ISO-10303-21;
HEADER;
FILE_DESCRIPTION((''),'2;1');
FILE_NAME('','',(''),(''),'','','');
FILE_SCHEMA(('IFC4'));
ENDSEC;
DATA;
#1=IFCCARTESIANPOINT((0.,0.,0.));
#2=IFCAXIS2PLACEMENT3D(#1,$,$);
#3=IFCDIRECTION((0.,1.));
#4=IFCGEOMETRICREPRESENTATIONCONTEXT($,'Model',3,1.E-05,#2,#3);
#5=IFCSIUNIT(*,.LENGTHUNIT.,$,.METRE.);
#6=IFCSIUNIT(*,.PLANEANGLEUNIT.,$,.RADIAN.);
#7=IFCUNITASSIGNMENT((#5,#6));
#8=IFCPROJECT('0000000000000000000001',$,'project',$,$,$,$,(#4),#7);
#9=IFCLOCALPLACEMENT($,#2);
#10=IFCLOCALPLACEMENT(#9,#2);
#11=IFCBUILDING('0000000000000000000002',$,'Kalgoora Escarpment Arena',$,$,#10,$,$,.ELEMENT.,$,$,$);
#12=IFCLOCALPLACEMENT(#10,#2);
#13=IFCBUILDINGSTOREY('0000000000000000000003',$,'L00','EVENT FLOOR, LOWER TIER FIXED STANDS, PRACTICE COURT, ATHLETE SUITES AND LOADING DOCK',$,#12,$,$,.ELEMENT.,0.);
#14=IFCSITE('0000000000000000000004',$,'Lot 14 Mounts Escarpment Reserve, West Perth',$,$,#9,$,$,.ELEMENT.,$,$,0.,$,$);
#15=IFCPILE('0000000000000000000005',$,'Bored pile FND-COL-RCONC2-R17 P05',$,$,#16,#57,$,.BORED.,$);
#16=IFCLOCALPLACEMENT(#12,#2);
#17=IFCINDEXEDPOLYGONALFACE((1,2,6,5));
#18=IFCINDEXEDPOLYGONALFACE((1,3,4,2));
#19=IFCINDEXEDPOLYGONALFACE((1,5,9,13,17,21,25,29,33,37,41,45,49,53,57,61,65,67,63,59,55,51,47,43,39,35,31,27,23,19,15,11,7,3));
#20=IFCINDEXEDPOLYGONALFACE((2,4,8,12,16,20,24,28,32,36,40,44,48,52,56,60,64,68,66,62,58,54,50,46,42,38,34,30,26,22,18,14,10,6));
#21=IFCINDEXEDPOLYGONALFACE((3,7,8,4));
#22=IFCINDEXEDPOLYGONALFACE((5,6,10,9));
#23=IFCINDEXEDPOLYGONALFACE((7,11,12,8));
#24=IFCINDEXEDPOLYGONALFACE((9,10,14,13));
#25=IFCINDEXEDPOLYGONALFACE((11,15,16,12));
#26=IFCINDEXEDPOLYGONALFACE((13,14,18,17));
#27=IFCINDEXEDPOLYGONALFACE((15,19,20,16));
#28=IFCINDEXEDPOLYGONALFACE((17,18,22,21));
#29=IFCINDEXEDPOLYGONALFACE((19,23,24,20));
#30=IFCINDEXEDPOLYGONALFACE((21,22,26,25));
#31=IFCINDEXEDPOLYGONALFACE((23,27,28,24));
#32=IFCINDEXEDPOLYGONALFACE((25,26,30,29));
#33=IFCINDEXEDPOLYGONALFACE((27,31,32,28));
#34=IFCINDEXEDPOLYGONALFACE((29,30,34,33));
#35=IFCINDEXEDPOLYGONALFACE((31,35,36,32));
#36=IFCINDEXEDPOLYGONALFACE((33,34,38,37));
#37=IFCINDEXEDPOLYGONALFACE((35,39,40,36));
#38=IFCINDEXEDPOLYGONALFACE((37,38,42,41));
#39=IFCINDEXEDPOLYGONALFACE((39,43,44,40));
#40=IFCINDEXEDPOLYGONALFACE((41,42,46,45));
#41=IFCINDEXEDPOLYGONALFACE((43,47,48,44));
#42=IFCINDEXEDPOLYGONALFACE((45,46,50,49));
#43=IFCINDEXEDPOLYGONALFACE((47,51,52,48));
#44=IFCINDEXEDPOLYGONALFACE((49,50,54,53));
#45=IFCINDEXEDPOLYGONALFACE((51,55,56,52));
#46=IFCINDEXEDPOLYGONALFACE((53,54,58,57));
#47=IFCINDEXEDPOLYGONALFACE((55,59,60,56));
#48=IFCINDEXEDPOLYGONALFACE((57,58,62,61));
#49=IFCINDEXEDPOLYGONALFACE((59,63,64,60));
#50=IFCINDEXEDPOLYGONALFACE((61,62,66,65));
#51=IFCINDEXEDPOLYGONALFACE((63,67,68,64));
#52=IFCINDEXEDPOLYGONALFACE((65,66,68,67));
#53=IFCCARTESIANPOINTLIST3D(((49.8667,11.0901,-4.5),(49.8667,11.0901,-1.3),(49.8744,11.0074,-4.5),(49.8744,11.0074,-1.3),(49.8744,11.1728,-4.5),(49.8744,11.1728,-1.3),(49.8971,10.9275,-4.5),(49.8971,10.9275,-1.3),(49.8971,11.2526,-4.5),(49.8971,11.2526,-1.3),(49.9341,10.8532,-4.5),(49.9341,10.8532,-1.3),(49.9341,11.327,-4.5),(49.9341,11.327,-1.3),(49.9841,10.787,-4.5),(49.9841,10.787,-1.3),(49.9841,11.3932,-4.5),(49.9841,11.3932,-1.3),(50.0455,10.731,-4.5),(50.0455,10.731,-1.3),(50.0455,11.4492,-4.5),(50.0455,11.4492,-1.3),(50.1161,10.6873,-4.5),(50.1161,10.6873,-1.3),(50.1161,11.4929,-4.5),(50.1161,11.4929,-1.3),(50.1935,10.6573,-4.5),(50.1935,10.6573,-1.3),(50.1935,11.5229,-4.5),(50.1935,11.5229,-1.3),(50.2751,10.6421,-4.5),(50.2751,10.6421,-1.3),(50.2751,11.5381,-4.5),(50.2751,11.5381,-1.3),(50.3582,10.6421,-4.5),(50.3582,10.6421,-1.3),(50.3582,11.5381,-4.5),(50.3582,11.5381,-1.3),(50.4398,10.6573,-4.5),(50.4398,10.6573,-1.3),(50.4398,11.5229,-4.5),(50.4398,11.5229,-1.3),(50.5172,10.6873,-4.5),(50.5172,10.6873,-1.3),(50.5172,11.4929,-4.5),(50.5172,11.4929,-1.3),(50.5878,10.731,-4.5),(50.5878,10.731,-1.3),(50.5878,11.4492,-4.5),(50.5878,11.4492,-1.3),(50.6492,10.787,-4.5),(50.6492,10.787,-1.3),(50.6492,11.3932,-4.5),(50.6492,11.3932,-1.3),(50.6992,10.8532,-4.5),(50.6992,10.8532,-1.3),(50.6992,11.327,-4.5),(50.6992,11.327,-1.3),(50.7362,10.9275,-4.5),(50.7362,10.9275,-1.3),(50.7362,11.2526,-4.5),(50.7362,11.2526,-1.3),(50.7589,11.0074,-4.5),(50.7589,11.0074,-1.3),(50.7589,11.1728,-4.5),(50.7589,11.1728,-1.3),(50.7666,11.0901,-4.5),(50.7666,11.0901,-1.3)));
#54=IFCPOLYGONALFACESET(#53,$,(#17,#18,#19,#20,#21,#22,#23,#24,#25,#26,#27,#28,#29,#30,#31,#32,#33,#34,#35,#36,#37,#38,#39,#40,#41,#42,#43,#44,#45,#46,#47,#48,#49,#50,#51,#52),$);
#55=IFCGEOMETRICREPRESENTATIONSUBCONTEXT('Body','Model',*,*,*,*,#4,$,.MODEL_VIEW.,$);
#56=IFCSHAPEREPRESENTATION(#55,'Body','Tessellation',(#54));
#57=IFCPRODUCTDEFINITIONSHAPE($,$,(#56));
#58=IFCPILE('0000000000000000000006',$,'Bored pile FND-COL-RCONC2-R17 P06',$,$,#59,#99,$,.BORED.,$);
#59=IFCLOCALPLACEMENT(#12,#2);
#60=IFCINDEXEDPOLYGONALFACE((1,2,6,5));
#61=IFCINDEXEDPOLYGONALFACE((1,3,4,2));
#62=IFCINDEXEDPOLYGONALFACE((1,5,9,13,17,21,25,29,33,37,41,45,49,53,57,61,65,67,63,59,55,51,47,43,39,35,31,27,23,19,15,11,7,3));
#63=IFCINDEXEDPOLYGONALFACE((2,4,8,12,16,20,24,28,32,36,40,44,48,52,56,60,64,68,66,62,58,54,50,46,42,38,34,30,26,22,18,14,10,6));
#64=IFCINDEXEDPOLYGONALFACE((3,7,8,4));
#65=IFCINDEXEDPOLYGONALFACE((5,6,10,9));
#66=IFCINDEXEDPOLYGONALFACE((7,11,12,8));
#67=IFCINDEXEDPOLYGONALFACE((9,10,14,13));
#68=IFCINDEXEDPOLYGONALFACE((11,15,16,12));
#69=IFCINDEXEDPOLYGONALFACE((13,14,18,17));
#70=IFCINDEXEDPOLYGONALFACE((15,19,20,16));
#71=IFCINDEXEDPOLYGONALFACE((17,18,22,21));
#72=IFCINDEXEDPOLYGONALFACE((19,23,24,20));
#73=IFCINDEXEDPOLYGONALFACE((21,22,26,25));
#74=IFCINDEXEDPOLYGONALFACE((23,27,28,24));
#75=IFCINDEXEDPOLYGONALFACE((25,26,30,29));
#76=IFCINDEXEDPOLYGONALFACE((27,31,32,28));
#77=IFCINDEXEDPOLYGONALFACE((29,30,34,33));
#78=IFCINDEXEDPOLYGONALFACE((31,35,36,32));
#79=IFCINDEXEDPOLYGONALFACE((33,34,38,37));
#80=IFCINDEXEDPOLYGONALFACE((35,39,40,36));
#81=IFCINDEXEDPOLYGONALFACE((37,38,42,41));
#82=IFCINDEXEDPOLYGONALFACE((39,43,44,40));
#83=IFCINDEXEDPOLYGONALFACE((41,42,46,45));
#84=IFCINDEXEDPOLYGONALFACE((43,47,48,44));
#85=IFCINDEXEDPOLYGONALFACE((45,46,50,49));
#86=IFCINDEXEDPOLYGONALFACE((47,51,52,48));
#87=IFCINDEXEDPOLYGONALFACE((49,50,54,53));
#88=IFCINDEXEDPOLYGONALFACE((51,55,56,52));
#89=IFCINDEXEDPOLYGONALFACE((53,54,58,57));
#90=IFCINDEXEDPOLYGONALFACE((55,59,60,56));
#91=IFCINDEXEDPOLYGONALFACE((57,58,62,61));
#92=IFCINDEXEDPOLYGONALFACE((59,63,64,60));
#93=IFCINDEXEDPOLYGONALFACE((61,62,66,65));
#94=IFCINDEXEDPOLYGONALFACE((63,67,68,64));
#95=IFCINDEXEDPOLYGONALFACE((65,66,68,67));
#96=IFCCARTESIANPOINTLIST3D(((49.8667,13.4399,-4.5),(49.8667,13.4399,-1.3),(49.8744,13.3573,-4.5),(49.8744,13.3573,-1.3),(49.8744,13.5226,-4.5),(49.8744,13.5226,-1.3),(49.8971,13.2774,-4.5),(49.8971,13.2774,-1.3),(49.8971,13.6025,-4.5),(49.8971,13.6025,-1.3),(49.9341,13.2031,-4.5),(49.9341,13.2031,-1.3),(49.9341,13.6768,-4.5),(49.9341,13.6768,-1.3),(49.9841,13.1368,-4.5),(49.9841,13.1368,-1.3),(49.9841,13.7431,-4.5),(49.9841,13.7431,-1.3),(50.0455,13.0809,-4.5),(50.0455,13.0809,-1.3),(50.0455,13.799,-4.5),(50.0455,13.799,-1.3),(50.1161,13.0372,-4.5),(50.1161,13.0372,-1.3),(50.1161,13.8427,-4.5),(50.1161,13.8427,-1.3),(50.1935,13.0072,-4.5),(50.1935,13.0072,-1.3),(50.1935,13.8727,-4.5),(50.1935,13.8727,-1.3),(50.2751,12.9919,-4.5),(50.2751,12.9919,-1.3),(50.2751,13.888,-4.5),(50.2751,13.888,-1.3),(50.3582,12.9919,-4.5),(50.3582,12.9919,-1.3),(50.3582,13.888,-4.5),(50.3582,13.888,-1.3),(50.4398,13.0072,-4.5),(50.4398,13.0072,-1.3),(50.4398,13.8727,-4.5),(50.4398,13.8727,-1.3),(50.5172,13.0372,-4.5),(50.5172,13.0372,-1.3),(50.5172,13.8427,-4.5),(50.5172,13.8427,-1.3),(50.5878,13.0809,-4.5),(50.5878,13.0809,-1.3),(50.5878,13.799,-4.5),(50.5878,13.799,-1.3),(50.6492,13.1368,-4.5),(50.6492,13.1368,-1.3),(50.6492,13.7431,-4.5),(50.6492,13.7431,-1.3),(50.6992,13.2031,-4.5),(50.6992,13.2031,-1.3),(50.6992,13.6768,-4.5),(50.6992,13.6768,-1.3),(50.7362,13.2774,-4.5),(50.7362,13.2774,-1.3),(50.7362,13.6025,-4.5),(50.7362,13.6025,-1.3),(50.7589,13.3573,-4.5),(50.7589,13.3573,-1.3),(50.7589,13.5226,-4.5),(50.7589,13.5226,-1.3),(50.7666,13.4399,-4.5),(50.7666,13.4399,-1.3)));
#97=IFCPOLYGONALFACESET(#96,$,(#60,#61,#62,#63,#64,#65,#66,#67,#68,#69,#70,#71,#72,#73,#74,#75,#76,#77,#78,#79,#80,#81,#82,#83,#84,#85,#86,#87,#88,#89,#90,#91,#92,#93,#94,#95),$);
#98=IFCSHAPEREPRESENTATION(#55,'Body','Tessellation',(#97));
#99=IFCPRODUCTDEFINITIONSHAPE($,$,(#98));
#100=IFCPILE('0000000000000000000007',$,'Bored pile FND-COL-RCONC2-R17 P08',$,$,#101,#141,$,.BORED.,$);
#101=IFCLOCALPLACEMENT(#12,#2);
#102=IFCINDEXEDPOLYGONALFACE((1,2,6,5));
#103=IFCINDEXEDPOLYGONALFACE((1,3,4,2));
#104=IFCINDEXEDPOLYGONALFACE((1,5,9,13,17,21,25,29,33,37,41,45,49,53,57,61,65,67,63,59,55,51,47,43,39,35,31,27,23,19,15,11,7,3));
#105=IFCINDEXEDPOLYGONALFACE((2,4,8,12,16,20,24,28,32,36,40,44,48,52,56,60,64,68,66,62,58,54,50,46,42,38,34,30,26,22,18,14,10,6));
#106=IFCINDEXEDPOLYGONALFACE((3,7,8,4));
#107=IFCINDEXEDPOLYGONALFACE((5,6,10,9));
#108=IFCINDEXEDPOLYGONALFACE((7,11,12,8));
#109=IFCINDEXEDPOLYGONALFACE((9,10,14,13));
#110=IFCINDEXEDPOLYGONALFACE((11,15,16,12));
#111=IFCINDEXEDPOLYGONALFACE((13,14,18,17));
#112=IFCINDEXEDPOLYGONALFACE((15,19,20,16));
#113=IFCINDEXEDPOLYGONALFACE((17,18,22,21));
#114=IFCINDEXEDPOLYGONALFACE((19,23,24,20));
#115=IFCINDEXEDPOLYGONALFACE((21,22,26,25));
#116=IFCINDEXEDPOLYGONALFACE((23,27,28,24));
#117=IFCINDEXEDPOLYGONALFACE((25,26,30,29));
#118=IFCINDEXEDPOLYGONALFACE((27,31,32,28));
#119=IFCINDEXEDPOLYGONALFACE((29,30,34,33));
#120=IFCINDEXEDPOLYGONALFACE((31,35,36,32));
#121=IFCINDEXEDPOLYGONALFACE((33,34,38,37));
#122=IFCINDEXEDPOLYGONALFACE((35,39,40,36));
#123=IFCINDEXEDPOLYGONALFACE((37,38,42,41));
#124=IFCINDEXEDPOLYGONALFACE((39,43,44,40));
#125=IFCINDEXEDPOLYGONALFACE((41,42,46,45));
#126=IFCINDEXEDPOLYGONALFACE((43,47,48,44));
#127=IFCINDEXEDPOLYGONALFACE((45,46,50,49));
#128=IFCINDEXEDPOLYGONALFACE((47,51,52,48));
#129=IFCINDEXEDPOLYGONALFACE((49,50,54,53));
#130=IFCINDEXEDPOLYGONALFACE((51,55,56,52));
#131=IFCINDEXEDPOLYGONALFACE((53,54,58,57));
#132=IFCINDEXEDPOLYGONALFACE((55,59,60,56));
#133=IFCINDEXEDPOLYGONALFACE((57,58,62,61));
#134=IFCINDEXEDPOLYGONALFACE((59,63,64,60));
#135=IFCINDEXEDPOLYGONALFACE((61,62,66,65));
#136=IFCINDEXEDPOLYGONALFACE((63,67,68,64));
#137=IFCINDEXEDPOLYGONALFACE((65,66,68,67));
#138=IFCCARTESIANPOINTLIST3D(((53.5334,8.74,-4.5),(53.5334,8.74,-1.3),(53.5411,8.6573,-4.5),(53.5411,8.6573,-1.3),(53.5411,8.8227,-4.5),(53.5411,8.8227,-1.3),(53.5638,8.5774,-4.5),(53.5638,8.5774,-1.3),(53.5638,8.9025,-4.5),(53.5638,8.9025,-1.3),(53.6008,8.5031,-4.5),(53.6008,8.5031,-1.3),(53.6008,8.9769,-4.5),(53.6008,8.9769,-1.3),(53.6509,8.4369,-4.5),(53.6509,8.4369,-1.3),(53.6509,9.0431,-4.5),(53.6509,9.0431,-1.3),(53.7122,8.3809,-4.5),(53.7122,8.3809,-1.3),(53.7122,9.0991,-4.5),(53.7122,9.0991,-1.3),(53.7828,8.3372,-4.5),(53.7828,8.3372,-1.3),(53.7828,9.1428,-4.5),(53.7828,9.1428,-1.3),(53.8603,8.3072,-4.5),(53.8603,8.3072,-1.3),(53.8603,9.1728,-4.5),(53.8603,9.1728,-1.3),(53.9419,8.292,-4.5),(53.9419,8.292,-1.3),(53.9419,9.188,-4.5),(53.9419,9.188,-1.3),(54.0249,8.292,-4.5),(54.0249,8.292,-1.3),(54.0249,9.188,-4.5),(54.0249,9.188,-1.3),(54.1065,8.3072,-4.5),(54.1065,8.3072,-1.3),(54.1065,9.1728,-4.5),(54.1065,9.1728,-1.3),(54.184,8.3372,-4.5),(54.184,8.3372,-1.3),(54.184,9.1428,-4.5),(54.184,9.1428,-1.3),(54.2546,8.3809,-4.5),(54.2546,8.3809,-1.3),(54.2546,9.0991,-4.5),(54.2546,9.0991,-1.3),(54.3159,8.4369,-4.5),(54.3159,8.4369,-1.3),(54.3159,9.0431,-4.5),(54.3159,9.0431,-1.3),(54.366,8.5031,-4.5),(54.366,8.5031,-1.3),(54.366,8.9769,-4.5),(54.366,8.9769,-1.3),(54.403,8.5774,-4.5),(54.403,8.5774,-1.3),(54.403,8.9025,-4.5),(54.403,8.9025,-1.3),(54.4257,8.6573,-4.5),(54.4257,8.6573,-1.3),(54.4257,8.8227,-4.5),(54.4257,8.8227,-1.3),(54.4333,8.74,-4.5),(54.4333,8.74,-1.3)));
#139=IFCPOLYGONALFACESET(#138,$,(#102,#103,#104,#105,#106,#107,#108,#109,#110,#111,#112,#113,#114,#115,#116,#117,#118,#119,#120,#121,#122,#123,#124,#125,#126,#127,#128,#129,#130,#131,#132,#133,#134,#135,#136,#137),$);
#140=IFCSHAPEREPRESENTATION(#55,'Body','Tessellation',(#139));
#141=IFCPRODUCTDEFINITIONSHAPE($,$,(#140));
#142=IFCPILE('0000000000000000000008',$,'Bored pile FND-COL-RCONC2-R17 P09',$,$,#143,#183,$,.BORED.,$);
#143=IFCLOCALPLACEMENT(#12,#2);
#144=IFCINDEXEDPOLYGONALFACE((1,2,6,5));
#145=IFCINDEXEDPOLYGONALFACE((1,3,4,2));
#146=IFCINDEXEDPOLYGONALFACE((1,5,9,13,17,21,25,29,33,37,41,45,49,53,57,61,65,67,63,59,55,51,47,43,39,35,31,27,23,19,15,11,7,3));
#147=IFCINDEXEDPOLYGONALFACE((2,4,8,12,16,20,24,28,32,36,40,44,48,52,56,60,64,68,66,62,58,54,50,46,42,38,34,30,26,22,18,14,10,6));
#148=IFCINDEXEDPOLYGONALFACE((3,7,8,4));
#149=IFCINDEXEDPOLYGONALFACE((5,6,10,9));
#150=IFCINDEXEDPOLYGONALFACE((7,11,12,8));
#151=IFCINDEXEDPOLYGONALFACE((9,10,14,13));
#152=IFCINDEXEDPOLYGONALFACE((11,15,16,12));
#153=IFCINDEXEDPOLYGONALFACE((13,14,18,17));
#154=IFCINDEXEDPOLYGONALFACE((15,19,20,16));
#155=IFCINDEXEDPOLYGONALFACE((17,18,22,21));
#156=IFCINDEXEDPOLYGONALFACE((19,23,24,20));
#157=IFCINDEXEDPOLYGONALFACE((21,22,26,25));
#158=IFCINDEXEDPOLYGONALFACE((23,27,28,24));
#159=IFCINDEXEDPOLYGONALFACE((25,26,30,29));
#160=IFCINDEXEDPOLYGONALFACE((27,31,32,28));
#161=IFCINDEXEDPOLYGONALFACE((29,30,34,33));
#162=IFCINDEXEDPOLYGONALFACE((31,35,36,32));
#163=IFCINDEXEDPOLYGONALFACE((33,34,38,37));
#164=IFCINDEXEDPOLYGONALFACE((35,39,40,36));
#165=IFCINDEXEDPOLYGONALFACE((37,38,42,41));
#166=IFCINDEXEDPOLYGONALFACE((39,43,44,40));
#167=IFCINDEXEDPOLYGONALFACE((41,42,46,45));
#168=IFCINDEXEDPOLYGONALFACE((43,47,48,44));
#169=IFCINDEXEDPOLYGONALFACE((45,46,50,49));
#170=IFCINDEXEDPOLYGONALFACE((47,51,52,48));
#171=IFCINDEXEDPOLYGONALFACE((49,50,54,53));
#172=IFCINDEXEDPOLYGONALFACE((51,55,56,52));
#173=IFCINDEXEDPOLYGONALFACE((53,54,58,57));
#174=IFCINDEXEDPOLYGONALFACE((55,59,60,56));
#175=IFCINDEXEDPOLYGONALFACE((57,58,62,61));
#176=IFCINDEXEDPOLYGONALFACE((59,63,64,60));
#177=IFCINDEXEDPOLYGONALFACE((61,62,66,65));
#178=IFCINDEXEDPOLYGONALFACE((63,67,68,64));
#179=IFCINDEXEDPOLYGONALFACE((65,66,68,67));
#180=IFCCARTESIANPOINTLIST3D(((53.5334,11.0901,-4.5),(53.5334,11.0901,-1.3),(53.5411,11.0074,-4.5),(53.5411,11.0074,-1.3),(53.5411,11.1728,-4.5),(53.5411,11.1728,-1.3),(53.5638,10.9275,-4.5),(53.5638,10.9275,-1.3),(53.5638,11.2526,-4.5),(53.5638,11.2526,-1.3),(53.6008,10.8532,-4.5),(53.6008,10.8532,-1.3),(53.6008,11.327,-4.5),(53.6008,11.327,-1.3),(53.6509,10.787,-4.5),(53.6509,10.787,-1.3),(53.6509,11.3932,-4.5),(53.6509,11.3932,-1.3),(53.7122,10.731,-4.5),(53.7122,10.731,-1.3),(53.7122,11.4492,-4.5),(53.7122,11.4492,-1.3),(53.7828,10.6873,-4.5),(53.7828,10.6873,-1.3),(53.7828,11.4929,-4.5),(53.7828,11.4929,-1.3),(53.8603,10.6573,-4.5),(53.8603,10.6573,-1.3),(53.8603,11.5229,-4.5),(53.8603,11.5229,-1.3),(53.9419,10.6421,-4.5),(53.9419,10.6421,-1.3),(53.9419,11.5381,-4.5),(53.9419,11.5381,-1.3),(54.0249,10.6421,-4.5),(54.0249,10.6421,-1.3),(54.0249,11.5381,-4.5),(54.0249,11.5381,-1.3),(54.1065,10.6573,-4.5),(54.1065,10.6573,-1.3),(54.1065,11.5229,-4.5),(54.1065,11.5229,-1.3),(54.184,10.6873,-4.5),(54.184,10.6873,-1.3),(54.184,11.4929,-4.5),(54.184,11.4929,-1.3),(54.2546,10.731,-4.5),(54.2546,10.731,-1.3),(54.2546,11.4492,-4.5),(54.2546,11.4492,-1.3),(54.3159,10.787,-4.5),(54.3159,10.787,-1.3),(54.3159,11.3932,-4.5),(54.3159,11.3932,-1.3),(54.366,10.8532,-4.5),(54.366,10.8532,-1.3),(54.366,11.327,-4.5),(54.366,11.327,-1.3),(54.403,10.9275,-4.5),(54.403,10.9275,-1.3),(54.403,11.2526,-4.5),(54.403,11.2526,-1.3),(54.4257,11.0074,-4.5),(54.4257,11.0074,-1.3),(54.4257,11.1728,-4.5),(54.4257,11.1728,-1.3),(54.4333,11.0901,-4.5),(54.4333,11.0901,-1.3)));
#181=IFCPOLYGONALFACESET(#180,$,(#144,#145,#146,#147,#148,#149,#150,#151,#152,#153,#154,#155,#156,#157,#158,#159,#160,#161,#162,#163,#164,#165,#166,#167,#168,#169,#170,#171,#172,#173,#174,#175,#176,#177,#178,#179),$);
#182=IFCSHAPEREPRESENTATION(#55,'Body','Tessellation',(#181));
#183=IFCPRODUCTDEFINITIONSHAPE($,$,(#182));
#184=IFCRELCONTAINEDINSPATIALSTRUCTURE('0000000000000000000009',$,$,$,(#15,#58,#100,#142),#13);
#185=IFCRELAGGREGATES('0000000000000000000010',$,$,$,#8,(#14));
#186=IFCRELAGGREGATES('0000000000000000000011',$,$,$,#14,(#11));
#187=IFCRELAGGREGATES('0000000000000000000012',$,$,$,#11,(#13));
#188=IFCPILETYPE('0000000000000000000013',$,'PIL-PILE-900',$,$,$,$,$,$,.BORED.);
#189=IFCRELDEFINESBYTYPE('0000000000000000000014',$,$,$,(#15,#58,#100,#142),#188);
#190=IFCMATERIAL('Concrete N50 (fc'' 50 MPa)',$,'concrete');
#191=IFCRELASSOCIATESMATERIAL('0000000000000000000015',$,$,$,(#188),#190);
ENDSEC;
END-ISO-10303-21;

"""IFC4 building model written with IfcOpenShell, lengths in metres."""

from ifc_helpers import new_model, si_unit, direction, frame, origin, origin_2d, place, context, subcontext, project, spatial, circle, extrude, material, material_profile, profile_set, type_object, element, save


model = new_model("IFC4")

# Units and contexts
model_context = context("Model", 3, precision=1e-05, world=origin(), true_north=direction((0.0, 1.0)))
body_context = subcontext(model_context, "Body", "Model", "MODEL_VIEW")
ifc_project = project(units=[si_unit("LENGTHUNIT", "METRE"), si_unit("PLANEANGLEUNIT", "RADIAN")], contexts=[model_context])

# Site, building, storey
site_placement = place(None, origin())
site = spatial("IfcSite", under=ifc_project, at=site_placement, Name="Lot 14 Mounts Escarpment Reserve, West Perth", CompositionType="ELEMENT", RefElevation=0.0)
building_placement = place(site_placement, origin())
building = spatial("IfcBuilding", under=site, at=building_placement, Name="Kalgoora Escarpment Arena", CompositionType="ELEMENT")
storey_placement = place(building_placement, origin())
storey = spatial("IfcBuildingStorey", under=building, at=storey_placement, Name="L00", Description="EVENT FLOOR, LOWER TIER FIXED STANDS, PRACTICE COURT, ATHLETE SUITES AND LOADING DOCK", CompositionType="ELEMENT", Elevation=0.0)

# Piles
ifc_material_1 = material(Name="Concrete N50 (fc' 50 MPa)", Category="concrete")
ifc_material_profile_1 = material_profile(ifc_material_1, circle(Radius=0.45, at=origin_2d()))
ifc_profile_set_1 = profile_set([ifc_material_profile_1], Name="Concrete N50 (fc' 50 MPa)")
pile_type = type_object("IfcPileType", Name="PIL-PILE-900", PredefinedType="BORED", material=ifc_profile_set_1)
for number, where, z_axis, x_axis, name in (
    (1, (50.3167, 11.0901, -1.3), (0.0, 0.0, -1.0), (1.0, 0.0, 0.0), "Bored pile FND-COL-RCONC2-R17 P05"),
    (2, (50.3167, 13.4399, -1.3), (0.0, 0.0, -1.0), (1.0, 0.0, 0.0), "Bored pile FND-COL-RCONC2-R17 P06"),
    (3, (53.9834, 8.74, -1.3), (0.0, 0.0, -1.0), (1.0, 0.0, 0.0), "Bored pile FND-COL-RCONC2-R17 P08"),
    (4, (53.9834, 11.0901, -1.3), (0.0, 0.0, -1.0), (1.0, 0.0, 0.0), "Bored pile FND-COL-RCONC2-R17 P09"),
):
    element("IfcPile", number, at=place(storey_placement, frame(where, z_axis=z_axis, x_axis=x_axis)), inside=storey, type_object=pile_type, Name=name, PredefinedType="BORED", context=body_context, shape_type="SweptSolid", body=[
        extrude(circle(Radius=0.45, at=origin_2d()), origin(), (0.0, 0.0, 1.0), 3.2),
    ])

save(model, "model.ifc")
